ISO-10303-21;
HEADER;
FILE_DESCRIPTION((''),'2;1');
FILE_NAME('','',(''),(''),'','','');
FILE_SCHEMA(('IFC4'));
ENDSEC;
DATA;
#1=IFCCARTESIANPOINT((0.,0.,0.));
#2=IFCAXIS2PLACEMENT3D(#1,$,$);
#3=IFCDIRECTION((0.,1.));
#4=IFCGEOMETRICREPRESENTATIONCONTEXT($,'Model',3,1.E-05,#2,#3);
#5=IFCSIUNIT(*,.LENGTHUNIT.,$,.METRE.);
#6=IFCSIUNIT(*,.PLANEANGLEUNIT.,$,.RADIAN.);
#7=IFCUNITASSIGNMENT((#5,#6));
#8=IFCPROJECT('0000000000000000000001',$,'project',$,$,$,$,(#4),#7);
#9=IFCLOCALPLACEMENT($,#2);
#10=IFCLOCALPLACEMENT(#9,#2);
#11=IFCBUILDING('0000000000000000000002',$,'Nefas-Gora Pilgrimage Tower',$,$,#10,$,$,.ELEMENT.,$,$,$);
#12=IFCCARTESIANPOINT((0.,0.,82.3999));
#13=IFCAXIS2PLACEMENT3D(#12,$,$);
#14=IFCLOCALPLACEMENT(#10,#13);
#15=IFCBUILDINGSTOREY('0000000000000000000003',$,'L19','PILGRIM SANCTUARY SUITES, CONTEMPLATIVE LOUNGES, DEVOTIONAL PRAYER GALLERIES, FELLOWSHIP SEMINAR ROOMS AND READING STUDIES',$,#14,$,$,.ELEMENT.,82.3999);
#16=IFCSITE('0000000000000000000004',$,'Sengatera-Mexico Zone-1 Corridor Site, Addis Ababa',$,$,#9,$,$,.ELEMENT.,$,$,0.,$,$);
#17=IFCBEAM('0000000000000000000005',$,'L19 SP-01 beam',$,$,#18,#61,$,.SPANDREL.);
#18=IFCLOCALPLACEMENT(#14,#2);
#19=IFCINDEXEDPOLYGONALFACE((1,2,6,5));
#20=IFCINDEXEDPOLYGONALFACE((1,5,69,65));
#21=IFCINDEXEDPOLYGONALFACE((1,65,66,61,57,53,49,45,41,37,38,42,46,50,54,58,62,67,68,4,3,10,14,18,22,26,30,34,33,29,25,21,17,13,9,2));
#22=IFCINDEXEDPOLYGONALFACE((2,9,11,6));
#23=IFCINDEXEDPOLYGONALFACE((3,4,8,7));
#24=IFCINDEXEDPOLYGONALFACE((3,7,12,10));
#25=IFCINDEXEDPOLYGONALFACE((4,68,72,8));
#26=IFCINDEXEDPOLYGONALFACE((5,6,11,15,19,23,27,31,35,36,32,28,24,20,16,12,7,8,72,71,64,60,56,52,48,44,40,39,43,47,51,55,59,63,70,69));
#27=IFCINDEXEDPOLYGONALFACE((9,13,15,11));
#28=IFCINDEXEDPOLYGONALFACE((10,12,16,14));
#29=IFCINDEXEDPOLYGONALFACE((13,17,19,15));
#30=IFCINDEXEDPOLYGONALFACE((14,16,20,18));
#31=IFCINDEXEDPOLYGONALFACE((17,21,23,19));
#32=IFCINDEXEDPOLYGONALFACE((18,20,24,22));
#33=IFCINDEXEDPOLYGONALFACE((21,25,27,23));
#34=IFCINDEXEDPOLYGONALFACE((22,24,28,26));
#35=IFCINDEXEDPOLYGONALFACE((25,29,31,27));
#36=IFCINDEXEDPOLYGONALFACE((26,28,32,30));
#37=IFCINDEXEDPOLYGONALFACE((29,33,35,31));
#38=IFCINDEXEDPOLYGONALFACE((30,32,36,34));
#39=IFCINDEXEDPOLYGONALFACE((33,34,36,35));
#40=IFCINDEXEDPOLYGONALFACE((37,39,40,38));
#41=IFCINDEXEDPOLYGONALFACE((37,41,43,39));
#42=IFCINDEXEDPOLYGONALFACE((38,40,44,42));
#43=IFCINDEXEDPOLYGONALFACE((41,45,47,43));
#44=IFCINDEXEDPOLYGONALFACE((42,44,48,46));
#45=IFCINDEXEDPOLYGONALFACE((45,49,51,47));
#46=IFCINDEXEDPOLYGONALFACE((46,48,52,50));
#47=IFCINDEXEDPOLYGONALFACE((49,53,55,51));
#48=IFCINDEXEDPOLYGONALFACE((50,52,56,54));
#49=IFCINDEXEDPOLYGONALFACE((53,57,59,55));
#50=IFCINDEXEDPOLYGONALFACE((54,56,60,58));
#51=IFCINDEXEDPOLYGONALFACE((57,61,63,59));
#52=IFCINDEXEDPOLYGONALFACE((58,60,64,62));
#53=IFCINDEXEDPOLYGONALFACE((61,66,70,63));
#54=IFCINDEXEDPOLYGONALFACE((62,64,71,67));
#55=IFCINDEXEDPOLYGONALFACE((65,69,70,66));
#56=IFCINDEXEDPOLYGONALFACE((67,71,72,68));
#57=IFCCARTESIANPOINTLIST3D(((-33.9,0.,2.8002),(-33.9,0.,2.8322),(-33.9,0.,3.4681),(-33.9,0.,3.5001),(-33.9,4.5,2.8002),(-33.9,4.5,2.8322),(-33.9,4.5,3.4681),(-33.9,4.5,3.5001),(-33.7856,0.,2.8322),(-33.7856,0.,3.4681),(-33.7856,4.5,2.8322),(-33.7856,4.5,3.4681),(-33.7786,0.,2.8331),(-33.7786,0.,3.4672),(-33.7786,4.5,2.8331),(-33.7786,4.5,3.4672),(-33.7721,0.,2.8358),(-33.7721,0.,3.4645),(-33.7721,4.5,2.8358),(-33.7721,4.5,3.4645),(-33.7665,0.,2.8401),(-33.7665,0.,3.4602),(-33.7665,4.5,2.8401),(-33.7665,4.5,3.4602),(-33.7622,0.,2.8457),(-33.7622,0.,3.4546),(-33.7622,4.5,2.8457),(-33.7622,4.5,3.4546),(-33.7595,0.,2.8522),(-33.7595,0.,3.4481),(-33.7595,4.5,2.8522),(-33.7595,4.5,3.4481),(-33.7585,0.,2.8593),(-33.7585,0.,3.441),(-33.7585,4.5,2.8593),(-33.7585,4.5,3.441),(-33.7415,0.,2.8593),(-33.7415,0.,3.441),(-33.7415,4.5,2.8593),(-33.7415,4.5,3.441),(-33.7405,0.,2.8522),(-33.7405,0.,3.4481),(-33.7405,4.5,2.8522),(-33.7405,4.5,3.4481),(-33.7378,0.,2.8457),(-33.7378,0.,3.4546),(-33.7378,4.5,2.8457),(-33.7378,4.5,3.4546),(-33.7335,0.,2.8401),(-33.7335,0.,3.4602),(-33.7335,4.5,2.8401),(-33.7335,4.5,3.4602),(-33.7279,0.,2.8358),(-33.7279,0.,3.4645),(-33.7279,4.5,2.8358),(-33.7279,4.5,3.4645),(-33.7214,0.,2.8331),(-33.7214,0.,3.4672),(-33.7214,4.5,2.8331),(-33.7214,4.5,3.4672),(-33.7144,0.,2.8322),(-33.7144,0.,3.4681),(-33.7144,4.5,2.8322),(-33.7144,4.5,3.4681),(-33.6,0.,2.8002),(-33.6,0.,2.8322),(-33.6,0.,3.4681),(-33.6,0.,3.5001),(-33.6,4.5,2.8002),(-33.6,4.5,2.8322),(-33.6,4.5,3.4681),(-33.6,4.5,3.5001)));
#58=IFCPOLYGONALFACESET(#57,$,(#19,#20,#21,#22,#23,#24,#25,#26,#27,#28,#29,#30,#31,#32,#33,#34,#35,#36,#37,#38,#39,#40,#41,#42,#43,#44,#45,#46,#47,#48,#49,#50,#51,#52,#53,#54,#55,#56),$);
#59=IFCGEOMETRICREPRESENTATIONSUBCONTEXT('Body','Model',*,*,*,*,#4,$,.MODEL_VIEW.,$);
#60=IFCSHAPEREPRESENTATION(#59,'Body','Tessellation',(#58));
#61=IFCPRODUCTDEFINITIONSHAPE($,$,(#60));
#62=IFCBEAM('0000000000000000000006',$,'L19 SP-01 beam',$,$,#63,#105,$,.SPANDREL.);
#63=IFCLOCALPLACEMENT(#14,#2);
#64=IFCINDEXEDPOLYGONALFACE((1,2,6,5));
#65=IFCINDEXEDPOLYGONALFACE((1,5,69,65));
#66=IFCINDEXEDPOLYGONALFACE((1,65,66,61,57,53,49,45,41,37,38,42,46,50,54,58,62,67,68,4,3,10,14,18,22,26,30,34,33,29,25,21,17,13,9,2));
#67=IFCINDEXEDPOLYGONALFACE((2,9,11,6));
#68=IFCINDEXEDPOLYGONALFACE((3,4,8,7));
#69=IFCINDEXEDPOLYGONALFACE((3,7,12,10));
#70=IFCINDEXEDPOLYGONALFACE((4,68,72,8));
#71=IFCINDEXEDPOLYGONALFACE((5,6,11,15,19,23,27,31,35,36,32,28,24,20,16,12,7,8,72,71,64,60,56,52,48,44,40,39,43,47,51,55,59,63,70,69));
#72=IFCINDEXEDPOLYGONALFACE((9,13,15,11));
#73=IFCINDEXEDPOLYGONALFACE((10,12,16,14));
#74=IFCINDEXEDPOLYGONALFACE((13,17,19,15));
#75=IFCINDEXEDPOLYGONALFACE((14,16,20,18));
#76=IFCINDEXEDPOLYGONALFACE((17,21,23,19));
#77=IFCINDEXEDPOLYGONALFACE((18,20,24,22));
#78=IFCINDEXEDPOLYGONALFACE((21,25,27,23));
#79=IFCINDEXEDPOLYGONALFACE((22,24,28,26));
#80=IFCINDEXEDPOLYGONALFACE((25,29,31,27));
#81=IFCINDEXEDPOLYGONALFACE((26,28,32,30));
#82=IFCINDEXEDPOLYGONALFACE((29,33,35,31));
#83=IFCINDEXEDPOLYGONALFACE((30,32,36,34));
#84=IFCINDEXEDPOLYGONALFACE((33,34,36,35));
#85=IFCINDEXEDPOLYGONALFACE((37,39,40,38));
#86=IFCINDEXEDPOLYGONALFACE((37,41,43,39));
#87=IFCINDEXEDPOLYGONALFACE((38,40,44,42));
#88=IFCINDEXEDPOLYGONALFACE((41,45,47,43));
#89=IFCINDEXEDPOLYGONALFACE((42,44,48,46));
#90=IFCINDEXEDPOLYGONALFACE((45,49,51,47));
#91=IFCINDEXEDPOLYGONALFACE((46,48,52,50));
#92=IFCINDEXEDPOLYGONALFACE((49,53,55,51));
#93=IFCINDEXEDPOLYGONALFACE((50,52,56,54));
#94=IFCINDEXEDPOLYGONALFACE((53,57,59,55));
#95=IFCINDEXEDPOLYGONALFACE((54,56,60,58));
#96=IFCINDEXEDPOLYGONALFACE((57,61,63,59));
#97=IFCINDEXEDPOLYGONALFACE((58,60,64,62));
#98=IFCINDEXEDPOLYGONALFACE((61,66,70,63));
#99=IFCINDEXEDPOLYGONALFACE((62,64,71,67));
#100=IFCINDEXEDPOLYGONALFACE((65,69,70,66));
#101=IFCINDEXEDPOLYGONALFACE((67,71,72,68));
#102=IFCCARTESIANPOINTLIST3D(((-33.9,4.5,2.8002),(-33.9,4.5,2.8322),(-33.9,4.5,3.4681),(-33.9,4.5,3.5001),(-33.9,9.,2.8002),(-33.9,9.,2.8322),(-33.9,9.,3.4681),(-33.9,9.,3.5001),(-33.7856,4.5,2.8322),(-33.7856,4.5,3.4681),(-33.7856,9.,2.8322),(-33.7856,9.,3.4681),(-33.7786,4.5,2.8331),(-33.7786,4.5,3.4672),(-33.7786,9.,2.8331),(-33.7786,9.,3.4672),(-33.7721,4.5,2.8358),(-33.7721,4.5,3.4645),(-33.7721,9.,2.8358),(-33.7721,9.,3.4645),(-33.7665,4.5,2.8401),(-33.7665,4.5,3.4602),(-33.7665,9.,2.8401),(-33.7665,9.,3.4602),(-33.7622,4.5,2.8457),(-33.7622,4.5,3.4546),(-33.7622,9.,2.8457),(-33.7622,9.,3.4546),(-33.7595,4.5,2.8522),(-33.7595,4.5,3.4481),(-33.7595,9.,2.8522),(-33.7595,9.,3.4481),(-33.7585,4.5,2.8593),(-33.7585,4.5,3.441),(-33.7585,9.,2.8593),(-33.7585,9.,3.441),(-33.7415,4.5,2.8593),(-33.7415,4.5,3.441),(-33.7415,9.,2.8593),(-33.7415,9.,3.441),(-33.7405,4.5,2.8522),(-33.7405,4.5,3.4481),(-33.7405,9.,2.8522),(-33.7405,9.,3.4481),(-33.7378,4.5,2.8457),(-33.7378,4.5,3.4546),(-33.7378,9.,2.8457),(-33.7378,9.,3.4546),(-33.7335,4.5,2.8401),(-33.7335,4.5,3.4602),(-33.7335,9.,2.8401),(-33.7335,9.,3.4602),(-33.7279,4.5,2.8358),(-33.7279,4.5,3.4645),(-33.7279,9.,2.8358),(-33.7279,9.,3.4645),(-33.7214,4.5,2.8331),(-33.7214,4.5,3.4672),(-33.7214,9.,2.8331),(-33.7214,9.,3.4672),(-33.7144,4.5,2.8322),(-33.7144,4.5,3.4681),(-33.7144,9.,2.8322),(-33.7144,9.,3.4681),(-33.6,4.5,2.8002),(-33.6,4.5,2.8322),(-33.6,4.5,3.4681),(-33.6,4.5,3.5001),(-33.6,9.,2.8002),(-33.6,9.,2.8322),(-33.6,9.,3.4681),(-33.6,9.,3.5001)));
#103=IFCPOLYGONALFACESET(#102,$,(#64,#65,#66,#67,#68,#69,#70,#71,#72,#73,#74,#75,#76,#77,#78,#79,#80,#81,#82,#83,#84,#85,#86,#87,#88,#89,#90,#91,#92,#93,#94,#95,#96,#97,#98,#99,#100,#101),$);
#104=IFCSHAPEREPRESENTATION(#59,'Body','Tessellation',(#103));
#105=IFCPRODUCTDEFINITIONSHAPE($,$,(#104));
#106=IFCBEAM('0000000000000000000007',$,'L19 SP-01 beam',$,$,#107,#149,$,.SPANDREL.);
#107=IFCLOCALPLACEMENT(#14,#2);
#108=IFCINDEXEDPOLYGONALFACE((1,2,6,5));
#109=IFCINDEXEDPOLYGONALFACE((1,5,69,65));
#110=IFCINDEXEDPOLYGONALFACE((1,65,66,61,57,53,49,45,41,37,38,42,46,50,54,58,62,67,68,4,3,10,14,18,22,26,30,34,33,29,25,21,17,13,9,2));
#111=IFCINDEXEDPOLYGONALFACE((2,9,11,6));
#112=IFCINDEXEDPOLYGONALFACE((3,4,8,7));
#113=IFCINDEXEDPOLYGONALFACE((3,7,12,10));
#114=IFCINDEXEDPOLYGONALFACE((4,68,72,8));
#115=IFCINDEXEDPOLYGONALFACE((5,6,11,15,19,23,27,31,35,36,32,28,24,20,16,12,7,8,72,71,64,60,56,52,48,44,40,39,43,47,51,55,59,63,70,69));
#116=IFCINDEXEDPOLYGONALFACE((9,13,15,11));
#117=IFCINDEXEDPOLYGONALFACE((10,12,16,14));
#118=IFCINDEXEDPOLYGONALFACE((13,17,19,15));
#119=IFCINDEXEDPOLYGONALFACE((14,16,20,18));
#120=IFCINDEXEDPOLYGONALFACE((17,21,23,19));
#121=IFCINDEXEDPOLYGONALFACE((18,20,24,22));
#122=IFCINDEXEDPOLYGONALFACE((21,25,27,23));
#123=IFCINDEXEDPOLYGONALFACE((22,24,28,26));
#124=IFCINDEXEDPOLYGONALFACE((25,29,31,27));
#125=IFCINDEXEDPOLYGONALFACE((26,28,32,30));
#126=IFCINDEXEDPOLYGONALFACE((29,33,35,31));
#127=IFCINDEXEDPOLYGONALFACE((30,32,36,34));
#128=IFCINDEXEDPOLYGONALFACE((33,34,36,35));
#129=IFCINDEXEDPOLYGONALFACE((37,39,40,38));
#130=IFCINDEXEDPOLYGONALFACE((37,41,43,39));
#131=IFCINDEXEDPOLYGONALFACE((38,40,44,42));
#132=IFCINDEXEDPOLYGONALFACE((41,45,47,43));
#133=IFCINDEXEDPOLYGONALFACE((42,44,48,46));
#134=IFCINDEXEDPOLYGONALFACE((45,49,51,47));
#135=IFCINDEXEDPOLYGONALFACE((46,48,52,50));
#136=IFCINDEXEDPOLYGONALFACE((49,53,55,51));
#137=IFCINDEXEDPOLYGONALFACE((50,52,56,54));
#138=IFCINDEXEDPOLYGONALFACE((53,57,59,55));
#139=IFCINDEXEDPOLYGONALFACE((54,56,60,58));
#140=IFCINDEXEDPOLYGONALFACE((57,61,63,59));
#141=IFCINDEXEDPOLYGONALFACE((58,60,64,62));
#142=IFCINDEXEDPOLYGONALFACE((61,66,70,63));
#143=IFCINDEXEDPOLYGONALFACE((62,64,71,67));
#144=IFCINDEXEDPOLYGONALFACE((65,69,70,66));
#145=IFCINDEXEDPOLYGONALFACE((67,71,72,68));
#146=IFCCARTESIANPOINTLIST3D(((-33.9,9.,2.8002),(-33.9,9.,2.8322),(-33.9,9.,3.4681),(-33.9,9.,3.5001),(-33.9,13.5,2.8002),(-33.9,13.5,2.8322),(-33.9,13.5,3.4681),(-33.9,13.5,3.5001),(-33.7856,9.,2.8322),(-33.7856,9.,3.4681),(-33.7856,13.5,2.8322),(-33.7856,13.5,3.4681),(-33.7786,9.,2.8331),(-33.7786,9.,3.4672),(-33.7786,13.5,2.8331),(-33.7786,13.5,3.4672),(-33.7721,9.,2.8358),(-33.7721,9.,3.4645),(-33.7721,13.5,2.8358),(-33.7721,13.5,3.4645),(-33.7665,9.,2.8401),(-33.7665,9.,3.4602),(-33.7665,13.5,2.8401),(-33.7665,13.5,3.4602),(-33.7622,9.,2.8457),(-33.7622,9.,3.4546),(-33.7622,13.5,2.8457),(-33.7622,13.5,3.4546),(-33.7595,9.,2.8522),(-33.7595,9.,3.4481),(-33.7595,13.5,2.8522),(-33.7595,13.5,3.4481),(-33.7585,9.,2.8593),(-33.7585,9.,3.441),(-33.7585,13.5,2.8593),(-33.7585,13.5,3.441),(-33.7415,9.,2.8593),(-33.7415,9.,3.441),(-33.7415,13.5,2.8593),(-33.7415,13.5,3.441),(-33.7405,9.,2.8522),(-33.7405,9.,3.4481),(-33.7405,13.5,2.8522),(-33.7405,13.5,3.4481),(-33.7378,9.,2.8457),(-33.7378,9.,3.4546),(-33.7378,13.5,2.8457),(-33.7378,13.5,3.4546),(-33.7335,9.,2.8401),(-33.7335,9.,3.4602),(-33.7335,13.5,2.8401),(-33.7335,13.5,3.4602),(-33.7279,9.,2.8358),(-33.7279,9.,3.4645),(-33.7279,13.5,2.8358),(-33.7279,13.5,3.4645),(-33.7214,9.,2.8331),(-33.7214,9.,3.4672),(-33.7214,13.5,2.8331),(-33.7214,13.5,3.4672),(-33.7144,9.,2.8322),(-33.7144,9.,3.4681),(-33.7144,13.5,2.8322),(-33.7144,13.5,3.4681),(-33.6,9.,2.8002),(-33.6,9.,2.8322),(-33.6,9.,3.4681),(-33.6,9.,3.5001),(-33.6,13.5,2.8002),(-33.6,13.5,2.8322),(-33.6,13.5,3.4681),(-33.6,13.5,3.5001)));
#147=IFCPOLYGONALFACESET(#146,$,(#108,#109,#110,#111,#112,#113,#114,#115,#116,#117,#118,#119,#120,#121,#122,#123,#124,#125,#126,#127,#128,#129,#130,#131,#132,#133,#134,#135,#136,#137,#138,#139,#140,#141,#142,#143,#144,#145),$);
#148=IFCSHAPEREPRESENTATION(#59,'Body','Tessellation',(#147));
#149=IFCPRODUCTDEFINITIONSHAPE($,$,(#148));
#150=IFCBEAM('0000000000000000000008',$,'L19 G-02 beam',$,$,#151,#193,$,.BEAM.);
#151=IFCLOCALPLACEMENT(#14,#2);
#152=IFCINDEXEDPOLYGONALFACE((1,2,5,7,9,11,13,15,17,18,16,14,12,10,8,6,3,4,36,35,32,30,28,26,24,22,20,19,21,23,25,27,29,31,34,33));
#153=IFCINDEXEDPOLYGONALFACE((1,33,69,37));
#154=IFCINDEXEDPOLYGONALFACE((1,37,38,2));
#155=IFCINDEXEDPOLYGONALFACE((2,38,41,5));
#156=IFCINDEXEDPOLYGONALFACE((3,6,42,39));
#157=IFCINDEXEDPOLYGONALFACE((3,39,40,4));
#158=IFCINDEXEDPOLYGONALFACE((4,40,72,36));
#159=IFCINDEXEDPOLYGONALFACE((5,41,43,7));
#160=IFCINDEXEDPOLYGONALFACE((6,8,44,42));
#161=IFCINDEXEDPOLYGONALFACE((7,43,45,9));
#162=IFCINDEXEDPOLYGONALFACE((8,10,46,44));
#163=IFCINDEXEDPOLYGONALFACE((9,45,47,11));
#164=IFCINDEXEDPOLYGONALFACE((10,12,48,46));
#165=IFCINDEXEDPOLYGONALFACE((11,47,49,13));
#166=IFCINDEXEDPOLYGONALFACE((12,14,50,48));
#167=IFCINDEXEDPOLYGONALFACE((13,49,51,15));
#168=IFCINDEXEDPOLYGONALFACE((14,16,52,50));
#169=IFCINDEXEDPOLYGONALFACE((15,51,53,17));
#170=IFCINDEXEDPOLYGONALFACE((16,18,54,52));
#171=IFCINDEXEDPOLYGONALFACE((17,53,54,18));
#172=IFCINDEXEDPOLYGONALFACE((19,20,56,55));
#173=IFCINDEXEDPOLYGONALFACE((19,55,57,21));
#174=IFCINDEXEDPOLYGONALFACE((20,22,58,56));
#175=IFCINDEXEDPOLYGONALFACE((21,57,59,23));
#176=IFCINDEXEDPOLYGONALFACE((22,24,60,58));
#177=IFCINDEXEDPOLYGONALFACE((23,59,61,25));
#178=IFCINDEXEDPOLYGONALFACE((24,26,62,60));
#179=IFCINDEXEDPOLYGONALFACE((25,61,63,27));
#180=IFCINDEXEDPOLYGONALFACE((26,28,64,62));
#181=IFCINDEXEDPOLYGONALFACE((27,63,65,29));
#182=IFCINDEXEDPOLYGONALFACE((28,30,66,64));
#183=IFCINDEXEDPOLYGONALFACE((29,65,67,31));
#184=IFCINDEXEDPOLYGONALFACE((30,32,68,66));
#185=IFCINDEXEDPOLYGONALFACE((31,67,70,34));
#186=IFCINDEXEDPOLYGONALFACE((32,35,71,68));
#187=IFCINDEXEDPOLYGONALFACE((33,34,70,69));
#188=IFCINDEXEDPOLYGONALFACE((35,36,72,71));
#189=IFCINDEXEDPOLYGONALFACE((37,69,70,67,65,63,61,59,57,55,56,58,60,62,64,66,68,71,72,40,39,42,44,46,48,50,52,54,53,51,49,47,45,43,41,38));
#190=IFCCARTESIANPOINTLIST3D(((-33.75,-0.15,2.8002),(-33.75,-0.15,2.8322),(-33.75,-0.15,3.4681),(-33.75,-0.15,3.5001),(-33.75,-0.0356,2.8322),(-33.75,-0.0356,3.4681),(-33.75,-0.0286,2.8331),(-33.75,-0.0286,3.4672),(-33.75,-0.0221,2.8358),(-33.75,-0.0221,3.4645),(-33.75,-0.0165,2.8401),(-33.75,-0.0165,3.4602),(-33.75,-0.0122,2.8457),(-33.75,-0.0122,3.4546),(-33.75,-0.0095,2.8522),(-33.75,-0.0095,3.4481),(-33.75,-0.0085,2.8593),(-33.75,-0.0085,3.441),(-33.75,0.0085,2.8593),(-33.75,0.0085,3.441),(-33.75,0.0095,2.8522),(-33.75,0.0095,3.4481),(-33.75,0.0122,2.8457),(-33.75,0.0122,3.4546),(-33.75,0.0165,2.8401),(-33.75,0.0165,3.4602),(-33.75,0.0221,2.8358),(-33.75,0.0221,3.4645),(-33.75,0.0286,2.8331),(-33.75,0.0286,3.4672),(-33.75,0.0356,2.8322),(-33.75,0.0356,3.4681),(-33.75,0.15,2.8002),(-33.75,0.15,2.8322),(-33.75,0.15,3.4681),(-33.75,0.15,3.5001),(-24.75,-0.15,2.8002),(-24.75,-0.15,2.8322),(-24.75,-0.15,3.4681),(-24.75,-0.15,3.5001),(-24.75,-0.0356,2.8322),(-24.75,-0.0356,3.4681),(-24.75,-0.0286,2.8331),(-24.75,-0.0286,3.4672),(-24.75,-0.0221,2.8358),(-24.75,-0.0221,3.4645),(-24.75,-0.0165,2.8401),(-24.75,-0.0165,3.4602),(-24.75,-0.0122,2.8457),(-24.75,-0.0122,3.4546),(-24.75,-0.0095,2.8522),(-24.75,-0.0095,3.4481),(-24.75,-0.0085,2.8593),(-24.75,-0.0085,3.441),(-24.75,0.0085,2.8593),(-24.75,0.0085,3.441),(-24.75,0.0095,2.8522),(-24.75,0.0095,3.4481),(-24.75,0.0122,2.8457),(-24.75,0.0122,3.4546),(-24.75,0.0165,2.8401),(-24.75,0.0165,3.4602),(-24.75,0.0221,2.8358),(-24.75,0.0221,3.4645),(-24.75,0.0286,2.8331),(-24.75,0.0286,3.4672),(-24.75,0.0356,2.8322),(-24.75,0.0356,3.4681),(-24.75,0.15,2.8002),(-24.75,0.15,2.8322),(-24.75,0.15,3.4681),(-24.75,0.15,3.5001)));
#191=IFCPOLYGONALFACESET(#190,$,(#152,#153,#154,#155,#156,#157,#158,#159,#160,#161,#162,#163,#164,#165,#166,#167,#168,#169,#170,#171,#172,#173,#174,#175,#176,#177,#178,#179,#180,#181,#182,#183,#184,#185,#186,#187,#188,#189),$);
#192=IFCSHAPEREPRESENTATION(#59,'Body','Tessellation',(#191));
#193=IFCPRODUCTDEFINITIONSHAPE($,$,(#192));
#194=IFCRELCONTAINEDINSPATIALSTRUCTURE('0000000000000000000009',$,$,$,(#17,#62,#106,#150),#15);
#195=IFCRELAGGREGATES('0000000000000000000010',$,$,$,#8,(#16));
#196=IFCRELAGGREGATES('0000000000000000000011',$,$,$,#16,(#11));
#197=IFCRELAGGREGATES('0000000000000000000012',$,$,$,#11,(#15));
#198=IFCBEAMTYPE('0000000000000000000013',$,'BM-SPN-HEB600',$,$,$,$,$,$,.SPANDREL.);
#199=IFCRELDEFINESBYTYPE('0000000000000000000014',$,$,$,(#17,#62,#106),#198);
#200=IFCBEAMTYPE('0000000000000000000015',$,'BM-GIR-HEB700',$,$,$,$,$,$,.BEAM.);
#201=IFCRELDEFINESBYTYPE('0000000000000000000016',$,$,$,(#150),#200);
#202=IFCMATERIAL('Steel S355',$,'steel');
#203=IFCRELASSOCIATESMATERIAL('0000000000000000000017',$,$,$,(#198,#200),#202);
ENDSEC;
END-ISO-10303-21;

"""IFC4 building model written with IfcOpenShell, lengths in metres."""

from ifc_helpers import new_model, si_unit, direction, frame, origin, origin_2d, place, context, subcontext, project, spatial, i_section, extrude, source, transform, mapped, material, material_profile, profile_set, type_object, element, save


model = new_model("IFC4")

# Units and contexts
model_context = context("Model", 3, precision=1e-05, world=origin(), true_north=direction((0.0, 1.0)))
body_context = subcontext(model_context, "Body", "Model", "MODEL_VIEW")
ifc_project = project(units=[si_unit("LENGTHUNIT", "METRE"), si_unit("PLANEANGLEUNIT", "RADIAN")], contexts=[model_context])

# Site, building, storey
site_placement = place(None, origin())
site = spatial("IfcSite", under=ifc_project, at=site_placement, Name="Sengatera-Mexico Zone-1 Corridor Site, Addis Ababa", CompositionType="ELEMENT", RefElevation=0.0)
building_placement = place(site_placement, origin())
building = spatial("IfcBuilding", under=site, at=building_placement, Name="Nefas-Gora Pilgrimage Tower", CompositionType="ELEMENT")
storey_placement = place(building_placement, frame((0.0, 0.0, 82.3999)))
storey = spatial("IfcBuildingStorey", under=building, at=storey_placement, Name="L19", Description="PILGRIM SANCTUARY SUITES, CONTEMPLATIVE LOUNGES, DEVOTIONAL PRAYER GALLERIES, FELLOWSHIP SEMINAR ROOMS AND READING STUDIES", CompositionType="ELEMENT", Elevation=82.3999)

# Beams
ifc_material_1 = material(Name="Steel S355", Category="steel")
ifc_material_profile_1 = material_profile(ifc_material_1, i_section(OverallWidth=0.3, OverallDepth=0.7, WebThickness=0.0171, FlangeThickness=0.032, FilletRadius=0.0271, at=origin_2d()), Name="HEB 700")
ifc_profile_set_1 = profile_set([ifc_material_profile_1], Name="Steel S355")
beam_type_1 = type_object("IfcBeamType", Name="BM-SPN-HEB600", PredefinedType="SPANDREL", material=ifc_profile_set_1)
shared_shape_1 = source(origin(), body_context, "Body", "SweptSolid", [
    extrude(i_section(OverallWidth=0.3, OverallDepth=0.7, WebThickness=0.0171, FlangeThickness=0.032, FilletRadius=0.0271, at=origin_2d()), origin(), (0.0, 0.0, 1.0), 4.5),
])
for number, where, z_axis, x_axis, name in (
    (1, (-33.75, 0.0, 3.1501), (0.0, 1.0, 0.0), (-1.0, 0.0, 0.0), "L19 SP-01 beam"),
    (2, (-33.75, 4.5, 3.1501), (0.0, 1.0, 0.0), (-1.0, 0.0, 0.0), "L19 SP-01 beam"),
    (3, (-33.75, 9.0, 3.1501), (0.0, 1.0, 0.0), (-1.0, 0.0, 0.0), "L19 SP-01 beam"),
):
    element("IfcBeam", number, at=place(storey_placement, frame(where, z_axis=z_axis, x_axis=x_axis)), inside=storey, type_object=beam_type_1, Name=name, PredefinedType="SPANDREL", context=body_context, shape_type="MappedRepresentation", body=[
        mapped(shared_shape_1, transform((0.0, 0.0, 0.0), x_axis=(1.0, 0.0, 0.0), y_axis=(0.0, 1.0, 0.0), z_axis=(0.0, 0.0, 1.0), scale=1.0)),
    ])
ifc_material_profile_2 = material_profile(ifc_material_1, i_section(OverallWidth=0.3, OverallDepth=0.7, WebThickness=0.0171, FlangeThickness=0.032, FilletRadius=0.0271, at=origin_2d()), Name="HEB 700")
ifc_profile_set_2 = profile_set([ifc_material_profile_2], Name="Steel S355")
beam_type_2 = type_object("IfcBeamType", Name="BM-GIR-HEB700", PredefinedType="BEAM", material=ifc_profile_set_2)
shared_shape_2 = source(origin(), body_context, "Body", "SweptSolid", [
    extrude(i_section(OverallWidth=0.3, OverallDepth=0.7, WebThickness=0.0171, FlangeThickness=0.032, FilletRadius=0.0271, at=origin_2d()), origin(), (0.0, 0.0, 1.0), 9.0),
])
for number, where, z_axis, x_axis, name in (
    (4, (-33.75, 0.0, 3.1501), (1.0, 0.0, 0.0), (0.0, 1.0, 0.0), "L19 G-02 beam"),
):
    element("IfcBeam", number, at=place(storey_placement, frame(where, z_axis=z_axis, x_axis=x_axis)), inside=storey, type_object=beam_type_2, Name=name, PredefinedType="BEAM", context=body_context, shape_type="MappedRepresentation", body=[
        mapped(shared_shape_2, transform((0.0, 0.0, 0.0), x_axis=(1.0, 0.0, 0.0), y_axis=(0.0, 1.0, 0.0), z_axis=(0.0, 0.0, 1.0), scale=1.0)),
    ])

save(model, "model.ifc")
